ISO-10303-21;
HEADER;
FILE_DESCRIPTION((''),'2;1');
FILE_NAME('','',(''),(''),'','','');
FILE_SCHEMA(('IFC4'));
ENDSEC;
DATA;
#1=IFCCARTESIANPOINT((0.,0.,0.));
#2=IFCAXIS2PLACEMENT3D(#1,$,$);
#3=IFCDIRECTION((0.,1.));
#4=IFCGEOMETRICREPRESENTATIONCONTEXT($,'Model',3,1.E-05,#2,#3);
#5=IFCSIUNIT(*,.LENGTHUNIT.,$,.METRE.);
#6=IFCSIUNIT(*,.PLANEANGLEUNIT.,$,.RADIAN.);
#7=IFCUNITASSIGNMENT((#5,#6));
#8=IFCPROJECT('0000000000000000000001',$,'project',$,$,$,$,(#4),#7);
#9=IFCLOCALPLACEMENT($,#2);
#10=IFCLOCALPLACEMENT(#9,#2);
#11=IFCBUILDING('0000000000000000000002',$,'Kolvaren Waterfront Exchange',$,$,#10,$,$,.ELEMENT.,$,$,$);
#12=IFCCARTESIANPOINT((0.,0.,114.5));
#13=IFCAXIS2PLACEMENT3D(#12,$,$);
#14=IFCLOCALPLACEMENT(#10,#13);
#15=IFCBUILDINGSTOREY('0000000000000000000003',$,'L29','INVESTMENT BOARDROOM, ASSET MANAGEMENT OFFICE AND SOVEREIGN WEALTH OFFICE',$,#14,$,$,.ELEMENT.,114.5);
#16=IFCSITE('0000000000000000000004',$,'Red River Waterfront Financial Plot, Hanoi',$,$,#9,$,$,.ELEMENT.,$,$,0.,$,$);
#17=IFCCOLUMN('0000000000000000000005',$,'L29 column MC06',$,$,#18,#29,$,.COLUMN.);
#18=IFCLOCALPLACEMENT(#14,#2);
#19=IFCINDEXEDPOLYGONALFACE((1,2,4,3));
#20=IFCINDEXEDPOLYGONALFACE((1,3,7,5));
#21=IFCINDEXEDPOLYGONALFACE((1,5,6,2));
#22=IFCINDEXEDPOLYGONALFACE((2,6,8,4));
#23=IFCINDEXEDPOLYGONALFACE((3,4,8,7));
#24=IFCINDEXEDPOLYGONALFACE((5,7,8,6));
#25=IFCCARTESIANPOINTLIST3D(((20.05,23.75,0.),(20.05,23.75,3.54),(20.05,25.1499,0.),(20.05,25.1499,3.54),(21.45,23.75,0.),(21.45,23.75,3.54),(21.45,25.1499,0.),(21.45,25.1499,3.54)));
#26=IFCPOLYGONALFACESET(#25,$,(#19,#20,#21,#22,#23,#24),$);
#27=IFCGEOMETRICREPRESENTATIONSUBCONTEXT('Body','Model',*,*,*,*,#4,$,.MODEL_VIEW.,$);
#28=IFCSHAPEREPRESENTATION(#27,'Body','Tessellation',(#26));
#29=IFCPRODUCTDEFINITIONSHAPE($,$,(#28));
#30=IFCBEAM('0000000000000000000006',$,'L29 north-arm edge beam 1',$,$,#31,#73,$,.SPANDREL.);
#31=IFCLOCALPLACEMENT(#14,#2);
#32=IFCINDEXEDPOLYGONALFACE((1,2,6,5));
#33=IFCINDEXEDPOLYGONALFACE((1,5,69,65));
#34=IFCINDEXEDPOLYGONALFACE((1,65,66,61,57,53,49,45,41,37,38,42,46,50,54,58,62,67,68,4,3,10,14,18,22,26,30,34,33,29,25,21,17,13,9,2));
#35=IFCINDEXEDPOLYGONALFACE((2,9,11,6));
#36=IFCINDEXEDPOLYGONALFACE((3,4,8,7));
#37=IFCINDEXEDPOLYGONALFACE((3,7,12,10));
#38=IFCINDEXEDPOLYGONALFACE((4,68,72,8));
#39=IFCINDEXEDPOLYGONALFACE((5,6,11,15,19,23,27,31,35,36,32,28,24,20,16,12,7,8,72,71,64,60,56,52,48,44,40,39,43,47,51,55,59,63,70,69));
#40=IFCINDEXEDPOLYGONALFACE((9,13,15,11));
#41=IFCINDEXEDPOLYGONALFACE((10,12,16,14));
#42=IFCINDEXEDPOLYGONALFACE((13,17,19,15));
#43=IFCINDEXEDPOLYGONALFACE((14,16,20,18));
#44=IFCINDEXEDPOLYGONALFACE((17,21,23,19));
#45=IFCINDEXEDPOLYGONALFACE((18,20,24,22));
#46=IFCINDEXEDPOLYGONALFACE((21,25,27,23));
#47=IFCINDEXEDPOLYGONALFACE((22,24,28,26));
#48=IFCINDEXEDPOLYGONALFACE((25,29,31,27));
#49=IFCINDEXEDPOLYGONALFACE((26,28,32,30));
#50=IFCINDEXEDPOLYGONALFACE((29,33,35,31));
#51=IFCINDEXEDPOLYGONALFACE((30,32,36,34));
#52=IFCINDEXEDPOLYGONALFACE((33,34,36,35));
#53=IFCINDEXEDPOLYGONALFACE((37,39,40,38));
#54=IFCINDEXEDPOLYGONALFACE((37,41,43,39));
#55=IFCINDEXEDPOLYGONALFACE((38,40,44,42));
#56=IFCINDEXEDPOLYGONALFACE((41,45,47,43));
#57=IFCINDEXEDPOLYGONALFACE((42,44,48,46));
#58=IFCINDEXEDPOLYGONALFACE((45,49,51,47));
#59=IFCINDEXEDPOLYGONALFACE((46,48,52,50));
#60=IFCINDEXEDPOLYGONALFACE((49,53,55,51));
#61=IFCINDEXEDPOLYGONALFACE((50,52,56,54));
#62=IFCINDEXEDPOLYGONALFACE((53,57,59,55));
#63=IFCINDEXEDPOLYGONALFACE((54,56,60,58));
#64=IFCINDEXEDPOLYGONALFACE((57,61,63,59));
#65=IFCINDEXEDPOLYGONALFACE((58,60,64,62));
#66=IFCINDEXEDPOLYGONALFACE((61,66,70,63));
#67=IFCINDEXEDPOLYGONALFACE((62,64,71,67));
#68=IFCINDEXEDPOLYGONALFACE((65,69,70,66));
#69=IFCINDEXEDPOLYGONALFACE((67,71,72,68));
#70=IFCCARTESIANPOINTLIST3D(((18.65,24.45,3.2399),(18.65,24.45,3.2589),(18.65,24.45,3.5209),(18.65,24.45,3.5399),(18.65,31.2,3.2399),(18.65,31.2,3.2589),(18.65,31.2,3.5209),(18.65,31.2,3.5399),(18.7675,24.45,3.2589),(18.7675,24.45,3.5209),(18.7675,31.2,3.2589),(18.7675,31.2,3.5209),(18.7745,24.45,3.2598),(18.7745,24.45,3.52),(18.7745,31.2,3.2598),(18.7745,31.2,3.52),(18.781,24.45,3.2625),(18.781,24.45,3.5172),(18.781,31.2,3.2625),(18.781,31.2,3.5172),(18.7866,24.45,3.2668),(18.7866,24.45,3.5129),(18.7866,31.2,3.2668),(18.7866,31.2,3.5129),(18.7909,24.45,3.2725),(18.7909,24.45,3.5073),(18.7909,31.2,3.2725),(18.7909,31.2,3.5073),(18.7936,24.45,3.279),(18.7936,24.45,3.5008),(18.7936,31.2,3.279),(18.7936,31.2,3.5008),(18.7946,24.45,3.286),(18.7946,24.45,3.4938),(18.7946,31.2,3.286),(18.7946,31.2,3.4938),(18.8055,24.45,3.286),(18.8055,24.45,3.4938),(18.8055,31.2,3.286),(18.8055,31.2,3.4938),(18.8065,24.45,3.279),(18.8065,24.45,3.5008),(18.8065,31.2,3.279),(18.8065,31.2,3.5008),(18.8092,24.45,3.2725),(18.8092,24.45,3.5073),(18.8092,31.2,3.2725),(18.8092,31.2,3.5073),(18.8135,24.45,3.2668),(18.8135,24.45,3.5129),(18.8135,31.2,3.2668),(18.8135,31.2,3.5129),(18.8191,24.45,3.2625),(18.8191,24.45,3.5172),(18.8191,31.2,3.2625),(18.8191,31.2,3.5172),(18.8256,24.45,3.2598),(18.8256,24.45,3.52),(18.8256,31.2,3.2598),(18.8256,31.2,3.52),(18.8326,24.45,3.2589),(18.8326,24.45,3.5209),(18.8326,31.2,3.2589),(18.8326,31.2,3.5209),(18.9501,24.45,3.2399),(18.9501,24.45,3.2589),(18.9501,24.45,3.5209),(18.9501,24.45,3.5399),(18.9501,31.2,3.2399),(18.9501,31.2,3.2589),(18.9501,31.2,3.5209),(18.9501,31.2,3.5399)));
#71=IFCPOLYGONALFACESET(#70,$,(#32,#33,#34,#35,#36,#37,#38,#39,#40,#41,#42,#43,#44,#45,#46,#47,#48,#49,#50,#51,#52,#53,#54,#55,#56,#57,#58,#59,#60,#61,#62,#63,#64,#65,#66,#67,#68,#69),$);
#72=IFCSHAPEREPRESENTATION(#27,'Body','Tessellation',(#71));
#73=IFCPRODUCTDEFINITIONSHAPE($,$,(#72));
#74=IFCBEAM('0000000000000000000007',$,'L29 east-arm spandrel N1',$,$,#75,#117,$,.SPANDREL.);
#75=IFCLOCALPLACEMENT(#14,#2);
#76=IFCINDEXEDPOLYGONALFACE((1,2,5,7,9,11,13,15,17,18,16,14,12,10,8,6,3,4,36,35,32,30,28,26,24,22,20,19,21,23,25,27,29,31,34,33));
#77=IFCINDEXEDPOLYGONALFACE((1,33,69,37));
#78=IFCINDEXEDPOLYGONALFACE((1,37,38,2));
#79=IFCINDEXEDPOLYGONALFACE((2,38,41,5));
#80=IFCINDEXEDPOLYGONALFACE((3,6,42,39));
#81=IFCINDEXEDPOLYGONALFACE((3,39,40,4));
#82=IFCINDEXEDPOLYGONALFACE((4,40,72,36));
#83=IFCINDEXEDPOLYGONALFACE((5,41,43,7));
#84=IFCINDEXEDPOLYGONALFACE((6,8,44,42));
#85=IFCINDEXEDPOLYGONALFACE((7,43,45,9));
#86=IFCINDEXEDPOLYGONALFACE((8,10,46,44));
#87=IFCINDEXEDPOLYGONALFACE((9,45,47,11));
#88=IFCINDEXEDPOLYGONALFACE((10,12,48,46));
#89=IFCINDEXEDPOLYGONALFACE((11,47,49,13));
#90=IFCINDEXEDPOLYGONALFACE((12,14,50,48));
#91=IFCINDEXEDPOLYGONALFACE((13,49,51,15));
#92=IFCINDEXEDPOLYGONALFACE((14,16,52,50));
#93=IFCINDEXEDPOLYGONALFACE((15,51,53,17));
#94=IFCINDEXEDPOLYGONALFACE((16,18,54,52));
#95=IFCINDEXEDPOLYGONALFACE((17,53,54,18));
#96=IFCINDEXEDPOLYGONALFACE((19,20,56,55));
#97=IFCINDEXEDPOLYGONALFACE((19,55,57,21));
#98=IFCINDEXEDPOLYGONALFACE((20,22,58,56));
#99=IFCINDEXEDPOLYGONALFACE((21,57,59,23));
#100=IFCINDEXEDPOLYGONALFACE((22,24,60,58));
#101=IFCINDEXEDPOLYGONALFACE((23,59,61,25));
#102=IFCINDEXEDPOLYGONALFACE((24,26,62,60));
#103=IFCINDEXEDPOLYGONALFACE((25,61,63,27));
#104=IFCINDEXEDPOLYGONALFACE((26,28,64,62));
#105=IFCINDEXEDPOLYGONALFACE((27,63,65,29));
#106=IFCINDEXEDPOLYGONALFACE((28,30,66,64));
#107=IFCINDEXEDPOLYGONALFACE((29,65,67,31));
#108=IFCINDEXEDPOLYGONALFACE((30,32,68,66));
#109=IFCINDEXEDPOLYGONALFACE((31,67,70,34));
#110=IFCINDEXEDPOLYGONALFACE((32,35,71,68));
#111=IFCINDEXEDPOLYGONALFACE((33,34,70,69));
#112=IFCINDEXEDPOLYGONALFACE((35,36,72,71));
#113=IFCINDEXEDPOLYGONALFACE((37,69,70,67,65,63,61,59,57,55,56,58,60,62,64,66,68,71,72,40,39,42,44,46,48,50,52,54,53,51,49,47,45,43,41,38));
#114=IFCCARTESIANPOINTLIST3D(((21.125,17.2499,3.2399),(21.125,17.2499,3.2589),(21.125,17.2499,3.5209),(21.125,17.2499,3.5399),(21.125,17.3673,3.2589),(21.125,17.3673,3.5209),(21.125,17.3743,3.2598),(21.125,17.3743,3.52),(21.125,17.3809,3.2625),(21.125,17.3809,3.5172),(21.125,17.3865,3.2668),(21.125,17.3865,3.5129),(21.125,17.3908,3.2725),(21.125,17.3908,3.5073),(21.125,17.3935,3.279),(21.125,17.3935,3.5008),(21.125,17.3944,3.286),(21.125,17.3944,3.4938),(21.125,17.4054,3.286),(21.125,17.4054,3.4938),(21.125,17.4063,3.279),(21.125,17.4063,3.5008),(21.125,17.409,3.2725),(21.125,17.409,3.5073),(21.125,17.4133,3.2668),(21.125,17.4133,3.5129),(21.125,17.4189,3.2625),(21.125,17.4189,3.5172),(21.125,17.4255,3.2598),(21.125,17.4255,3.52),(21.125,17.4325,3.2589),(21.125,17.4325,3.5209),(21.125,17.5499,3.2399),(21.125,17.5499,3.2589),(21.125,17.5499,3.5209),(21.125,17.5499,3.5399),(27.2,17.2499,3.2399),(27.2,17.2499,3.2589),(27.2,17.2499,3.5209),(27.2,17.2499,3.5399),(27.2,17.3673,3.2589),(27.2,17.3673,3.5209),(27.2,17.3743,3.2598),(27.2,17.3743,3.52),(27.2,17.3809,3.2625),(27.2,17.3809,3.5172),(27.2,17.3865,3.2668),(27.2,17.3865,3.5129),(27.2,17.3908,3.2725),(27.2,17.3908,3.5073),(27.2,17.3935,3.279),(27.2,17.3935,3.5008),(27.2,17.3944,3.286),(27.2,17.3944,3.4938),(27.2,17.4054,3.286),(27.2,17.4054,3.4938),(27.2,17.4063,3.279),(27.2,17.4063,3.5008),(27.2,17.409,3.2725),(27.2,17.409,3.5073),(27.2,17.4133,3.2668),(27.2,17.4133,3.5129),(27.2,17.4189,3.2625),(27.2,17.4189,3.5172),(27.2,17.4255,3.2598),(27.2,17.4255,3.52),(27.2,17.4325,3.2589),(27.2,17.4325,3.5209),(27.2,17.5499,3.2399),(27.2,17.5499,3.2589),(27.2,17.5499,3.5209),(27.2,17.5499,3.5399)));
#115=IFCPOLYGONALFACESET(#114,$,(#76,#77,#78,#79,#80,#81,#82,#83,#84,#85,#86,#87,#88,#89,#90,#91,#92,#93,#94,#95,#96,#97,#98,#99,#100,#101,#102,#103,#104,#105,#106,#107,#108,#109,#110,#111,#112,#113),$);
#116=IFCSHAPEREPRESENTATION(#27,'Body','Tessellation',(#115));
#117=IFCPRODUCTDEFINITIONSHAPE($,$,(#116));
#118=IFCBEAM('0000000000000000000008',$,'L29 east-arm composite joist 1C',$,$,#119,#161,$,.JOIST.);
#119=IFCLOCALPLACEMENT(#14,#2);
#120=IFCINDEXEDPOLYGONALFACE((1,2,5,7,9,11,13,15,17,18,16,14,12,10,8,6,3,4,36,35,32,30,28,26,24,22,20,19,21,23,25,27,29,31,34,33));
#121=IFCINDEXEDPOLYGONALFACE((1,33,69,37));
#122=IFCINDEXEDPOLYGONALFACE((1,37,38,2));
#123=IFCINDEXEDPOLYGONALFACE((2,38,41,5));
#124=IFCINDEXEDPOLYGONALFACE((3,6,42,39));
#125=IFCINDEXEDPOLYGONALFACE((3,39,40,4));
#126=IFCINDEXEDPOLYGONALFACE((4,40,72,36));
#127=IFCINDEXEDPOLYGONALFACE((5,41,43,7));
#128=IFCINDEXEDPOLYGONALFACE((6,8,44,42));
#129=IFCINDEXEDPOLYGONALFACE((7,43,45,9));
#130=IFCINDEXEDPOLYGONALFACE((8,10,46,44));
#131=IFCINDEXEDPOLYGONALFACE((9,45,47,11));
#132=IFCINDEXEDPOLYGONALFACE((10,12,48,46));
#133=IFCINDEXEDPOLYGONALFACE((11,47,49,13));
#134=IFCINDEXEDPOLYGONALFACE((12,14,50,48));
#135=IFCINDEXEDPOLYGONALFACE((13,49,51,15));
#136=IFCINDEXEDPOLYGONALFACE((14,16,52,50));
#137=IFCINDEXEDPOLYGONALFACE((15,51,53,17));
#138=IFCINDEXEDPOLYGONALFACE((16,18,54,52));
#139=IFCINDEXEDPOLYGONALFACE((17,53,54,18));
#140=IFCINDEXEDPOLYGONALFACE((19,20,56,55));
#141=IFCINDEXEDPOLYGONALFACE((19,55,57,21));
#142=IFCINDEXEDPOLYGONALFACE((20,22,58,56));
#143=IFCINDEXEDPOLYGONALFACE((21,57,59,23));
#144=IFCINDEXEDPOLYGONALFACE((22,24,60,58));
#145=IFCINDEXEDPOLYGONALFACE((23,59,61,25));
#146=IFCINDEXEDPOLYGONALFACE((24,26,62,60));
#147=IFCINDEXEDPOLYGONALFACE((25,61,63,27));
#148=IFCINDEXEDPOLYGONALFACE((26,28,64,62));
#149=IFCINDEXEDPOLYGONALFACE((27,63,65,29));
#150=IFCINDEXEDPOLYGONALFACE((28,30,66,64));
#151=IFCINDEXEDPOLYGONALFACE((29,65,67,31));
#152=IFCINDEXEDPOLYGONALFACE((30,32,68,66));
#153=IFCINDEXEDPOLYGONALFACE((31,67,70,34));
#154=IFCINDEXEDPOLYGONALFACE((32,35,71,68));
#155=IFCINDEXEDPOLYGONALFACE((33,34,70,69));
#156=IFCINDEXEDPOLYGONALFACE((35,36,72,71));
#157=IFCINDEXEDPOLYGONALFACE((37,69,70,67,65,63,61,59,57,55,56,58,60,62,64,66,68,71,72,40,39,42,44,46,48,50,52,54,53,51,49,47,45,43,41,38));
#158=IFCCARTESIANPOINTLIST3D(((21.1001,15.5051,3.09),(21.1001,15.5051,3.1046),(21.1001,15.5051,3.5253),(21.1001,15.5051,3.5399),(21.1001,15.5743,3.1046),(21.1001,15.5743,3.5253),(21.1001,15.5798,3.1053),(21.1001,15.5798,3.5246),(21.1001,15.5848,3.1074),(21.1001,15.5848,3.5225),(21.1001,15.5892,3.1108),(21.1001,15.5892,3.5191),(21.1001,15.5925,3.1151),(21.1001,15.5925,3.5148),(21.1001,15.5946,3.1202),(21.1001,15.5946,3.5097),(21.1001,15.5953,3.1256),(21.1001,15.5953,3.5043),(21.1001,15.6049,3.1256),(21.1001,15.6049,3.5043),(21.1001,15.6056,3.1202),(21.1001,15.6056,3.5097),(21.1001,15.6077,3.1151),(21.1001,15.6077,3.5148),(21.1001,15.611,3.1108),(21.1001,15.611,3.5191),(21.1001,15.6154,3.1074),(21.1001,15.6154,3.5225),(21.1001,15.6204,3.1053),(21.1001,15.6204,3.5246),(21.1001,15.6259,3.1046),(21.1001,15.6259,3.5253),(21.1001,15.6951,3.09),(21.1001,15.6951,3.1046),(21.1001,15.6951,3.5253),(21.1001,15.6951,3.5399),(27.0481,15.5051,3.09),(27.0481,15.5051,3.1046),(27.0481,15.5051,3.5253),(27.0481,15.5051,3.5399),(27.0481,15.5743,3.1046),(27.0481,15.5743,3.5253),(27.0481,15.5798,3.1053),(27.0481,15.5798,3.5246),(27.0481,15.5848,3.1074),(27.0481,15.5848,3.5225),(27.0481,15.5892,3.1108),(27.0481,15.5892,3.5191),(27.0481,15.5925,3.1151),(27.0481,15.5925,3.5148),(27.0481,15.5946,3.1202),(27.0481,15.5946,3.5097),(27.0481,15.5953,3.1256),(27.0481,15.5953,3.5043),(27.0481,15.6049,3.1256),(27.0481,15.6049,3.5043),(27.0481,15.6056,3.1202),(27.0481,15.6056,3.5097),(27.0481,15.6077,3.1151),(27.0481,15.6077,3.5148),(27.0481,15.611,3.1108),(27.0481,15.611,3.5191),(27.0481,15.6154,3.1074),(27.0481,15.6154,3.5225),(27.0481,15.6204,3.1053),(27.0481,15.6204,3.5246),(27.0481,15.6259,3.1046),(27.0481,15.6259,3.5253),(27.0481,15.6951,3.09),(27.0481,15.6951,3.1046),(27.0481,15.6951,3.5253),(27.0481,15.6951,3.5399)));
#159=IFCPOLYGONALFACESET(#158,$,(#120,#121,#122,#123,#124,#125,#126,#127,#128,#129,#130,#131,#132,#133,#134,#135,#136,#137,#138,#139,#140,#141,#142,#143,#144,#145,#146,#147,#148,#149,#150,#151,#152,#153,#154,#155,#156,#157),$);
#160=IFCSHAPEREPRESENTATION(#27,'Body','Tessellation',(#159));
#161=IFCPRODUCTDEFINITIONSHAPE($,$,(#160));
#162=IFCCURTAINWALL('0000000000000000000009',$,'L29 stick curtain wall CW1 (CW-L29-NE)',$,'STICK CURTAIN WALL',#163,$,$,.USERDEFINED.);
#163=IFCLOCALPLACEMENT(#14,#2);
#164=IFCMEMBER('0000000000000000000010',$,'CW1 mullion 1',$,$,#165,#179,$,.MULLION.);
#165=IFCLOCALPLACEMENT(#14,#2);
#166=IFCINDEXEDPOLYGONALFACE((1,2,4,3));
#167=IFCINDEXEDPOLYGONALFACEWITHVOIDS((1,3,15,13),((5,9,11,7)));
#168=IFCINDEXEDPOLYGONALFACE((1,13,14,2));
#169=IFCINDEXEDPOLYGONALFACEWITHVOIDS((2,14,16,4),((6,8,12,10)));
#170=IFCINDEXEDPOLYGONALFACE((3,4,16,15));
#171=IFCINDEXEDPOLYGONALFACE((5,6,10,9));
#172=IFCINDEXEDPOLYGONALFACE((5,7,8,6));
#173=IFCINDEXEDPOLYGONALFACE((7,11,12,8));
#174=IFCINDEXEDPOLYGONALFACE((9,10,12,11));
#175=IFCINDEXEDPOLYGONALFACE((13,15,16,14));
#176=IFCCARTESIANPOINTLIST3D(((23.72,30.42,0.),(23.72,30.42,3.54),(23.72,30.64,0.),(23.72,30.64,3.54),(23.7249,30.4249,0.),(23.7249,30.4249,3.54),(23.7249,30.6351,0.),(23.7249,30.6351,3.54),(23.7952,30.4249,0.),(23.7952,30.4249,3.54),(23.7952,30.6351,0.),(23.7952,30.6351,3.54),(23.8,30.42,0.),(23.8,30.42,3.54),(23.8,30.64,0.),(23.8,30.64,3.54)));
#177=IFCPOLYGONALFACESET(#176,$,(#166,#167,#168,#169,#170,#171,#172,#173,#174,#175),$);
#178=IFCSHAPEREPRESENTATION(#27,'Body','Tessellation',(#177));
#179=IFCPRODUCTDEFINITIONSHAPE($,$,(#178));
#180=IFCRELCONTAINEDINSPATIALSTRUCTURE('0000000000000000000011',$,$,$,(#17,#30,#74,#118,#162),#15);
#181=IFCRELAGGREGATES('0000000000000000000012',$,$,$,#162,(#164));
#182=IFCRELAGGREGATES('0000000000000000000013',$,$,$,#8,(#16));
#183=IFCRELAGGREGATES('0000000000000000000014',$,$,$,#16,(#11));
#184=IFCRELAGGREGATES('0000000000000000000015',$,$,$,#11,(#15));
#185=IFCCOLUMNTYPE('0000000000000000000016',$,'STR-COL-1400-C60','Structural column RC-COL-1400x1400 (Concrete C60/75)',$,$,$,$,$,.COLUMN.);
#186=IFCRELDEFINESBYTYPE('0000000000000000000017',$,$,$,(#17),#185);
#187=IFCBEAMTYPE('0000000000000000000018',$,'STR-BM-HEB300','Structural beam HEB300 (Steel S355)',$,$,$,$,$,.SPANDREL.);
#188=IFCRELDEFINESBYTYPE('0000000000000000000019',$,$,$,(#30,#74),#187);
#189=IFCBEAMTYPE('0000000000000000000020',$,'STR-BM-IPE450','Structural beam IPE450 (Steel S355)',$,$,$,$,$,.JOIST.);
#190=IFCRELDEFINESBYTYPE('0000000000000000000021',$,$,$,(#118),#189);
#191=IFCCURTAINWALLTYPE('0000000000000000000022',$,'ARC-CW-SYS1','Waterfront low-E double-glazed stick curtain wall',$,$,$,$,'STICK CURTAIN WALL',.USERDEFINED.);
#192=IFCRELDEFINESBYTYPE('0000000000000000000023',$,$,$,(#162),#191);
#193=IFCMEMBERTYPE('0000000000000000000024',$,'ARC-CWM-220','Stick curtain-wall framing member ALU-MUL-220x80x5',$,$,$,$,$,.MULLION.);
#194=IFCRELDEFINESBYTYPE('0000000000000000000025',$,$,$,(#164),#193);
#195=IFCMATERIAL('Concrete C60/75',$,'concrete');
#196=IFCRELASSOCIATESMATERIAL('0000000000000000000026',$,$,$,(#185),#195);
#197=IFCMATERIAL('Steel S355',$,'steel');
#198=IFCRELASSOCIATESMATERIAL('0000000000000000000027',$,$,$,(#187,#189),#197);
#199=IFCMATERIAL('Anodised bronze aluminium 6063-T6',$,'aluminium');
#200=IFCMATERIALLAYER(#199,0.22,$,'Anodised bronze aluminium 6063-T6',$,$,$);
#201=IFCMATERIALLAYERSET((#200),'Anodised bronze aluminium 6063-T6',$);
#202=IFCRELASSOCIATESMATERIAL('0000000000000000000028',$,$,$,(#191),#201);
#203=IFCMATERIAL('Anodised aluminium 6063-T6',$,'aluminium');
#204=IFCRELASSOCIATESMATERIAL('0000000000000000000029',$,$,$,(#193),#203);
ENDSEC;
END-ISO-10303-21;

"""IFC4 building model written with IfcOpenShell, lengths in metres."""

from ifc_helpers import new_model, si_unit, direction, frame, origin, origin_with_axes, origin_2d, place, context, subcontext, project, spatial, rectangle, hollow_rectangle, i_section, extrude, source, transform, mapped, material, layer, layer_set, material_profile, profile_set, type_object, element, aggregate, save


model = new_model("IFC4")

# Units and contexts
model_context = context("Model", 3, precision=1e-05, world=origin(), true_north=direction((0.0, 1.0)))
body_context = subcontext(model_context, "Body", "Model", "MODEL_VIEW")
ifc_project = project(units=[si_unit("LENGTHUNIT", "METRE"), si_unit("PLANEANGLEUNIT", "RADIAN")], contexts=[model_context])

# Site, building, storey
site_placement = place(None, origin())
site = spatial("IfcSite", under=ifc_project, at=site_placement, Name="Red River Waterfront Financial Plot, Hanoi", CompositionType="ELEMENT", RefElevation=0.0)
building_placement = place(site_placement, origin())
building = spatial("IfcBuilding", under=site, at=building_placement, Name="Kolvaren Waterfront Exchange", CompositionType="ELEMENT")
storey_placement = place(building_placement, frame((0.0, 0.0, 114.5)))
storey = spatial("IfcBuildingStorey", under=building, at=storey_placement, Name="L29", Description="INVESTMENT BOARDROOM, ASSET MANAGEMENT OFFICE AND SOVEREIGN WEALTH OFFICE", CompositionType="ELEMENT", Elevation=114.5)

# Column
ifc_material_1 = material(Name="Concrete C60/75", Category="concrete")
ifc_material_profile_1 = material_profile(ifc_material_1, rectangle(XDim=1.3999, YDim=1.3999, at=origin_2d()), Name="RC-COL-1400x1400")
ifc_profile_set_1 = profile_set([ifc_material_profile_1], Name="Concrete C60/75")
column_type = type_object("IfcColumnType", Name="STR-COL-1400-C60", Description="Structural column RC-COL-1400x1400 (Concrete C60/75)", PredefinedType="COLUMN", material=ifc_profile_set_1)
column_placement = place(storey_placement, frame((20.75, 24.45, 0.0), z_axis=(0.0, 0.0, 1.0), x_axis=(1.0, 0.0, 0.0)))
element("IfcColumn", 1, at=column_placement, inside=storey, type_object=column_type, Name="L29 column MC06", PredefinedType="COLUMN", context=body_context, shape_type="SweptSolid", body=[
    extrude(rectangle(XDim=1.3999, YDim=1.3999, at=origin_2d()), origin(), (0.0, 0.0, 1.0), 3.54),
])

# Beams
ifc_material_2 = material(Name="Steel S355", Category="steel")
ifc_material_profile_2 = material_profile(ifc_material_2, i_section(OverallWidth=0.3, OverallDepth=0.3, WebThickness=0.011, FlangeThickness=0.019, FilletRadius=0.0271, at=origin_2d()), Name="HEB300")
ifc_profile_set_2 = profile_set([ifc_material_profile_2], Name="Steel S355")
beam_type_1 = type_object("IfcBeamType", Name="STR-BM-HEB300", Description="Structural beam HEB300 (Steel S355)", PredefinedType="SPANDREL", material=ifc_profile_set_2)
beam_1_placement = place(storey_placement, frame((18.8, 24.45, 3.3899), z_axis=(0.0, 1.0, 0.0), x_axis=(-1.0, 0.0, 0.0)))
element("IfcBeam", 2, at=beam_1_placement, inside=storey, type_object=beam_type_1, Name="L29 north-arm edge beam 1", PredefinedType="SPANDREL", context=body_context, shape_type="SweptSolid", body=[
    extrude(i_section(OverallWidth=0.3, OverallDepth=0.3, WebThickness=0.011, FlangeThickness=0.019, FilletRadius=0.0271, at=origin_2d()), origin(), (0.0, 0.0, 1.0), 6.75),
])
beam_2_placement = place(storey_placement, frame((21.125, 17.3999, 3.3899), z_axis=(1.0, 0.0, 0.0), x_axis=(0.0, 1.0, 0.0)))
element("IfcBeam", 3, at=beam_2_placement, inside=storey, type_object=beam_type_1, Name="L29 east-arm spandrel N1", PredefinedType="SPANDREL", context=body_context, shape_type="SweptSolid", body=[
    extrude(i_section(OverallWidth=0.3, OverallDepth=0.3, WebThickness=0.011, FlangeThickness=0.019, FilletRadius=0.0271, at=origin_2d()), origin(), (0.0, 0.0, 1.0), 6.075),
])
ifc_material_profile_3 = material_profile(ifc_material_2, i_section(OverallWidth=0.1899, OverallDepth=0.45, WebThickness=0.0095, FlangeThickness=0.0146, FilletRadius=0.021, at=origin_2d()), Name="IPE450")
ifc_profile_set_3 = profile_set([ifc_material_profile_3], Name="Steel S355")
beam_type_2 = type_object("IfcBeamType", Name="STR-BM-IPE450", Description="Structural beam IPE450 (Steel S355)", PredefinedType="JOIST", material=ifc_profile_set_3)
beam_3_placement = place(storey_placement, frame((21.1001, 15.6001, 3.3149), z_axis=(1.0, 0.0, 0.0), x_axis=(0.0, 1.0, 0.0)))
element("IfcBeam", 4, at=beam_3_placement, inside=storey, type_object=beam_type_2, Name="L29 east-arm composite joist 1C", PredefinedType="JOIST", context=body_context, shape_type="SweptSolid", body=[
    extrude(i_section(OverallWidth=0.1899, OverallDepth=0.45, WebThickness=0.0095, FlangeThickness=0.0146, FilletRadius=0.021, at=origin_2d()), origin(), (0.0, 0.0, 1.0), 5.948),
])

# Curtain wall, member
ifc_material_3 = material(Name="Anodised bronze aluminium 6063-T6", Category="aluminium")
ifc_layer_1 = layer(ifc_material_3, 0.22, Name="Anodised bronze aluminium 6063-T6")
ifc_layer_set_1 = layer_set([ifc_layer_1], Name="Anodised bronze aluminium 6063-T6")
curtain_wall_type = type_object("IfcCurtainWallType", Name="ARC-CW-SYS1", Description="Waterfront low-E double-glazed stick curtain wall", ElementType="STICK CURTAIN WALL", PredefinedType="USERDEFINED", material=ifc_layer_set_1)
curtain_wall_placement = place(storey_placement, origin())
curtain_wall = element("IfcCurtainWall", 5, at=curtain_wall_placement, inside=storey, type_object=curtain_wall_type, Name="L29 stick curtain wall CW1 (CW-L29-NE)", ObjectType="STICK CURTAIN WALL", PredefinedType="USERDEFINED")
ifc_material_4 = material(Name="Anodised aluminium 6063-T6", Category="aluminium")
ifc_material_profile_4 = material_profile(ifc_material_4, hollow_rectangle(XDim=0.0801, YDim=0.22, WallThickness=0.0049, at=origin_2d()), Name="ALU-MUL-220x80x5")
ifc_profile_set_4 = profile_set([ifc_material_profile_4], Name="Anodised aluminium 6063-T6")
member_type_1 = type_object("IfcMemberType", Name="ARC-CWM-220", Description="Stick curtain-wall framing member ALU-MUL-220x80x5", PredefinedType="MULLION", material=ifc_profile_set_4)
shared_shape_1 = source(origin_with_axes(), body_context, "Body", "SweptSolid", [
    extrude(hollow_rectangle(XDim=0.0801, YDim=0.22, WallThickness=0.0049, at=origin_2d()), origin(), (0.0, 0.0, 1.0), 3.54),
])
member_1_placement = place(storey_placement, frame((23.76, 30.53, 0.0), z_axis=(0.0, 0.0, 1.0), x_axis=(-1.0, 0.0, 0.0)))
member_1 = element("IfcMember", 6, at=member_1_placement, type_object=member_type_1, Name="CW1 mullion 1", PredefinedType="MULLION", context=body_context, shape_type="MappedRepresentation", body=[
    mapped(shared_shape_1, transform((0.0, 0.0, 0.0), x_axis=(1.0, 0.0, 0.0), y_axis=(0.0, 1.0, 0.0), z_axis=(0.0, 0.0, 1.0), scale=1.0)),
])
aggregate(curtain_wall, [member_1])

save(model, "model.ifc")
